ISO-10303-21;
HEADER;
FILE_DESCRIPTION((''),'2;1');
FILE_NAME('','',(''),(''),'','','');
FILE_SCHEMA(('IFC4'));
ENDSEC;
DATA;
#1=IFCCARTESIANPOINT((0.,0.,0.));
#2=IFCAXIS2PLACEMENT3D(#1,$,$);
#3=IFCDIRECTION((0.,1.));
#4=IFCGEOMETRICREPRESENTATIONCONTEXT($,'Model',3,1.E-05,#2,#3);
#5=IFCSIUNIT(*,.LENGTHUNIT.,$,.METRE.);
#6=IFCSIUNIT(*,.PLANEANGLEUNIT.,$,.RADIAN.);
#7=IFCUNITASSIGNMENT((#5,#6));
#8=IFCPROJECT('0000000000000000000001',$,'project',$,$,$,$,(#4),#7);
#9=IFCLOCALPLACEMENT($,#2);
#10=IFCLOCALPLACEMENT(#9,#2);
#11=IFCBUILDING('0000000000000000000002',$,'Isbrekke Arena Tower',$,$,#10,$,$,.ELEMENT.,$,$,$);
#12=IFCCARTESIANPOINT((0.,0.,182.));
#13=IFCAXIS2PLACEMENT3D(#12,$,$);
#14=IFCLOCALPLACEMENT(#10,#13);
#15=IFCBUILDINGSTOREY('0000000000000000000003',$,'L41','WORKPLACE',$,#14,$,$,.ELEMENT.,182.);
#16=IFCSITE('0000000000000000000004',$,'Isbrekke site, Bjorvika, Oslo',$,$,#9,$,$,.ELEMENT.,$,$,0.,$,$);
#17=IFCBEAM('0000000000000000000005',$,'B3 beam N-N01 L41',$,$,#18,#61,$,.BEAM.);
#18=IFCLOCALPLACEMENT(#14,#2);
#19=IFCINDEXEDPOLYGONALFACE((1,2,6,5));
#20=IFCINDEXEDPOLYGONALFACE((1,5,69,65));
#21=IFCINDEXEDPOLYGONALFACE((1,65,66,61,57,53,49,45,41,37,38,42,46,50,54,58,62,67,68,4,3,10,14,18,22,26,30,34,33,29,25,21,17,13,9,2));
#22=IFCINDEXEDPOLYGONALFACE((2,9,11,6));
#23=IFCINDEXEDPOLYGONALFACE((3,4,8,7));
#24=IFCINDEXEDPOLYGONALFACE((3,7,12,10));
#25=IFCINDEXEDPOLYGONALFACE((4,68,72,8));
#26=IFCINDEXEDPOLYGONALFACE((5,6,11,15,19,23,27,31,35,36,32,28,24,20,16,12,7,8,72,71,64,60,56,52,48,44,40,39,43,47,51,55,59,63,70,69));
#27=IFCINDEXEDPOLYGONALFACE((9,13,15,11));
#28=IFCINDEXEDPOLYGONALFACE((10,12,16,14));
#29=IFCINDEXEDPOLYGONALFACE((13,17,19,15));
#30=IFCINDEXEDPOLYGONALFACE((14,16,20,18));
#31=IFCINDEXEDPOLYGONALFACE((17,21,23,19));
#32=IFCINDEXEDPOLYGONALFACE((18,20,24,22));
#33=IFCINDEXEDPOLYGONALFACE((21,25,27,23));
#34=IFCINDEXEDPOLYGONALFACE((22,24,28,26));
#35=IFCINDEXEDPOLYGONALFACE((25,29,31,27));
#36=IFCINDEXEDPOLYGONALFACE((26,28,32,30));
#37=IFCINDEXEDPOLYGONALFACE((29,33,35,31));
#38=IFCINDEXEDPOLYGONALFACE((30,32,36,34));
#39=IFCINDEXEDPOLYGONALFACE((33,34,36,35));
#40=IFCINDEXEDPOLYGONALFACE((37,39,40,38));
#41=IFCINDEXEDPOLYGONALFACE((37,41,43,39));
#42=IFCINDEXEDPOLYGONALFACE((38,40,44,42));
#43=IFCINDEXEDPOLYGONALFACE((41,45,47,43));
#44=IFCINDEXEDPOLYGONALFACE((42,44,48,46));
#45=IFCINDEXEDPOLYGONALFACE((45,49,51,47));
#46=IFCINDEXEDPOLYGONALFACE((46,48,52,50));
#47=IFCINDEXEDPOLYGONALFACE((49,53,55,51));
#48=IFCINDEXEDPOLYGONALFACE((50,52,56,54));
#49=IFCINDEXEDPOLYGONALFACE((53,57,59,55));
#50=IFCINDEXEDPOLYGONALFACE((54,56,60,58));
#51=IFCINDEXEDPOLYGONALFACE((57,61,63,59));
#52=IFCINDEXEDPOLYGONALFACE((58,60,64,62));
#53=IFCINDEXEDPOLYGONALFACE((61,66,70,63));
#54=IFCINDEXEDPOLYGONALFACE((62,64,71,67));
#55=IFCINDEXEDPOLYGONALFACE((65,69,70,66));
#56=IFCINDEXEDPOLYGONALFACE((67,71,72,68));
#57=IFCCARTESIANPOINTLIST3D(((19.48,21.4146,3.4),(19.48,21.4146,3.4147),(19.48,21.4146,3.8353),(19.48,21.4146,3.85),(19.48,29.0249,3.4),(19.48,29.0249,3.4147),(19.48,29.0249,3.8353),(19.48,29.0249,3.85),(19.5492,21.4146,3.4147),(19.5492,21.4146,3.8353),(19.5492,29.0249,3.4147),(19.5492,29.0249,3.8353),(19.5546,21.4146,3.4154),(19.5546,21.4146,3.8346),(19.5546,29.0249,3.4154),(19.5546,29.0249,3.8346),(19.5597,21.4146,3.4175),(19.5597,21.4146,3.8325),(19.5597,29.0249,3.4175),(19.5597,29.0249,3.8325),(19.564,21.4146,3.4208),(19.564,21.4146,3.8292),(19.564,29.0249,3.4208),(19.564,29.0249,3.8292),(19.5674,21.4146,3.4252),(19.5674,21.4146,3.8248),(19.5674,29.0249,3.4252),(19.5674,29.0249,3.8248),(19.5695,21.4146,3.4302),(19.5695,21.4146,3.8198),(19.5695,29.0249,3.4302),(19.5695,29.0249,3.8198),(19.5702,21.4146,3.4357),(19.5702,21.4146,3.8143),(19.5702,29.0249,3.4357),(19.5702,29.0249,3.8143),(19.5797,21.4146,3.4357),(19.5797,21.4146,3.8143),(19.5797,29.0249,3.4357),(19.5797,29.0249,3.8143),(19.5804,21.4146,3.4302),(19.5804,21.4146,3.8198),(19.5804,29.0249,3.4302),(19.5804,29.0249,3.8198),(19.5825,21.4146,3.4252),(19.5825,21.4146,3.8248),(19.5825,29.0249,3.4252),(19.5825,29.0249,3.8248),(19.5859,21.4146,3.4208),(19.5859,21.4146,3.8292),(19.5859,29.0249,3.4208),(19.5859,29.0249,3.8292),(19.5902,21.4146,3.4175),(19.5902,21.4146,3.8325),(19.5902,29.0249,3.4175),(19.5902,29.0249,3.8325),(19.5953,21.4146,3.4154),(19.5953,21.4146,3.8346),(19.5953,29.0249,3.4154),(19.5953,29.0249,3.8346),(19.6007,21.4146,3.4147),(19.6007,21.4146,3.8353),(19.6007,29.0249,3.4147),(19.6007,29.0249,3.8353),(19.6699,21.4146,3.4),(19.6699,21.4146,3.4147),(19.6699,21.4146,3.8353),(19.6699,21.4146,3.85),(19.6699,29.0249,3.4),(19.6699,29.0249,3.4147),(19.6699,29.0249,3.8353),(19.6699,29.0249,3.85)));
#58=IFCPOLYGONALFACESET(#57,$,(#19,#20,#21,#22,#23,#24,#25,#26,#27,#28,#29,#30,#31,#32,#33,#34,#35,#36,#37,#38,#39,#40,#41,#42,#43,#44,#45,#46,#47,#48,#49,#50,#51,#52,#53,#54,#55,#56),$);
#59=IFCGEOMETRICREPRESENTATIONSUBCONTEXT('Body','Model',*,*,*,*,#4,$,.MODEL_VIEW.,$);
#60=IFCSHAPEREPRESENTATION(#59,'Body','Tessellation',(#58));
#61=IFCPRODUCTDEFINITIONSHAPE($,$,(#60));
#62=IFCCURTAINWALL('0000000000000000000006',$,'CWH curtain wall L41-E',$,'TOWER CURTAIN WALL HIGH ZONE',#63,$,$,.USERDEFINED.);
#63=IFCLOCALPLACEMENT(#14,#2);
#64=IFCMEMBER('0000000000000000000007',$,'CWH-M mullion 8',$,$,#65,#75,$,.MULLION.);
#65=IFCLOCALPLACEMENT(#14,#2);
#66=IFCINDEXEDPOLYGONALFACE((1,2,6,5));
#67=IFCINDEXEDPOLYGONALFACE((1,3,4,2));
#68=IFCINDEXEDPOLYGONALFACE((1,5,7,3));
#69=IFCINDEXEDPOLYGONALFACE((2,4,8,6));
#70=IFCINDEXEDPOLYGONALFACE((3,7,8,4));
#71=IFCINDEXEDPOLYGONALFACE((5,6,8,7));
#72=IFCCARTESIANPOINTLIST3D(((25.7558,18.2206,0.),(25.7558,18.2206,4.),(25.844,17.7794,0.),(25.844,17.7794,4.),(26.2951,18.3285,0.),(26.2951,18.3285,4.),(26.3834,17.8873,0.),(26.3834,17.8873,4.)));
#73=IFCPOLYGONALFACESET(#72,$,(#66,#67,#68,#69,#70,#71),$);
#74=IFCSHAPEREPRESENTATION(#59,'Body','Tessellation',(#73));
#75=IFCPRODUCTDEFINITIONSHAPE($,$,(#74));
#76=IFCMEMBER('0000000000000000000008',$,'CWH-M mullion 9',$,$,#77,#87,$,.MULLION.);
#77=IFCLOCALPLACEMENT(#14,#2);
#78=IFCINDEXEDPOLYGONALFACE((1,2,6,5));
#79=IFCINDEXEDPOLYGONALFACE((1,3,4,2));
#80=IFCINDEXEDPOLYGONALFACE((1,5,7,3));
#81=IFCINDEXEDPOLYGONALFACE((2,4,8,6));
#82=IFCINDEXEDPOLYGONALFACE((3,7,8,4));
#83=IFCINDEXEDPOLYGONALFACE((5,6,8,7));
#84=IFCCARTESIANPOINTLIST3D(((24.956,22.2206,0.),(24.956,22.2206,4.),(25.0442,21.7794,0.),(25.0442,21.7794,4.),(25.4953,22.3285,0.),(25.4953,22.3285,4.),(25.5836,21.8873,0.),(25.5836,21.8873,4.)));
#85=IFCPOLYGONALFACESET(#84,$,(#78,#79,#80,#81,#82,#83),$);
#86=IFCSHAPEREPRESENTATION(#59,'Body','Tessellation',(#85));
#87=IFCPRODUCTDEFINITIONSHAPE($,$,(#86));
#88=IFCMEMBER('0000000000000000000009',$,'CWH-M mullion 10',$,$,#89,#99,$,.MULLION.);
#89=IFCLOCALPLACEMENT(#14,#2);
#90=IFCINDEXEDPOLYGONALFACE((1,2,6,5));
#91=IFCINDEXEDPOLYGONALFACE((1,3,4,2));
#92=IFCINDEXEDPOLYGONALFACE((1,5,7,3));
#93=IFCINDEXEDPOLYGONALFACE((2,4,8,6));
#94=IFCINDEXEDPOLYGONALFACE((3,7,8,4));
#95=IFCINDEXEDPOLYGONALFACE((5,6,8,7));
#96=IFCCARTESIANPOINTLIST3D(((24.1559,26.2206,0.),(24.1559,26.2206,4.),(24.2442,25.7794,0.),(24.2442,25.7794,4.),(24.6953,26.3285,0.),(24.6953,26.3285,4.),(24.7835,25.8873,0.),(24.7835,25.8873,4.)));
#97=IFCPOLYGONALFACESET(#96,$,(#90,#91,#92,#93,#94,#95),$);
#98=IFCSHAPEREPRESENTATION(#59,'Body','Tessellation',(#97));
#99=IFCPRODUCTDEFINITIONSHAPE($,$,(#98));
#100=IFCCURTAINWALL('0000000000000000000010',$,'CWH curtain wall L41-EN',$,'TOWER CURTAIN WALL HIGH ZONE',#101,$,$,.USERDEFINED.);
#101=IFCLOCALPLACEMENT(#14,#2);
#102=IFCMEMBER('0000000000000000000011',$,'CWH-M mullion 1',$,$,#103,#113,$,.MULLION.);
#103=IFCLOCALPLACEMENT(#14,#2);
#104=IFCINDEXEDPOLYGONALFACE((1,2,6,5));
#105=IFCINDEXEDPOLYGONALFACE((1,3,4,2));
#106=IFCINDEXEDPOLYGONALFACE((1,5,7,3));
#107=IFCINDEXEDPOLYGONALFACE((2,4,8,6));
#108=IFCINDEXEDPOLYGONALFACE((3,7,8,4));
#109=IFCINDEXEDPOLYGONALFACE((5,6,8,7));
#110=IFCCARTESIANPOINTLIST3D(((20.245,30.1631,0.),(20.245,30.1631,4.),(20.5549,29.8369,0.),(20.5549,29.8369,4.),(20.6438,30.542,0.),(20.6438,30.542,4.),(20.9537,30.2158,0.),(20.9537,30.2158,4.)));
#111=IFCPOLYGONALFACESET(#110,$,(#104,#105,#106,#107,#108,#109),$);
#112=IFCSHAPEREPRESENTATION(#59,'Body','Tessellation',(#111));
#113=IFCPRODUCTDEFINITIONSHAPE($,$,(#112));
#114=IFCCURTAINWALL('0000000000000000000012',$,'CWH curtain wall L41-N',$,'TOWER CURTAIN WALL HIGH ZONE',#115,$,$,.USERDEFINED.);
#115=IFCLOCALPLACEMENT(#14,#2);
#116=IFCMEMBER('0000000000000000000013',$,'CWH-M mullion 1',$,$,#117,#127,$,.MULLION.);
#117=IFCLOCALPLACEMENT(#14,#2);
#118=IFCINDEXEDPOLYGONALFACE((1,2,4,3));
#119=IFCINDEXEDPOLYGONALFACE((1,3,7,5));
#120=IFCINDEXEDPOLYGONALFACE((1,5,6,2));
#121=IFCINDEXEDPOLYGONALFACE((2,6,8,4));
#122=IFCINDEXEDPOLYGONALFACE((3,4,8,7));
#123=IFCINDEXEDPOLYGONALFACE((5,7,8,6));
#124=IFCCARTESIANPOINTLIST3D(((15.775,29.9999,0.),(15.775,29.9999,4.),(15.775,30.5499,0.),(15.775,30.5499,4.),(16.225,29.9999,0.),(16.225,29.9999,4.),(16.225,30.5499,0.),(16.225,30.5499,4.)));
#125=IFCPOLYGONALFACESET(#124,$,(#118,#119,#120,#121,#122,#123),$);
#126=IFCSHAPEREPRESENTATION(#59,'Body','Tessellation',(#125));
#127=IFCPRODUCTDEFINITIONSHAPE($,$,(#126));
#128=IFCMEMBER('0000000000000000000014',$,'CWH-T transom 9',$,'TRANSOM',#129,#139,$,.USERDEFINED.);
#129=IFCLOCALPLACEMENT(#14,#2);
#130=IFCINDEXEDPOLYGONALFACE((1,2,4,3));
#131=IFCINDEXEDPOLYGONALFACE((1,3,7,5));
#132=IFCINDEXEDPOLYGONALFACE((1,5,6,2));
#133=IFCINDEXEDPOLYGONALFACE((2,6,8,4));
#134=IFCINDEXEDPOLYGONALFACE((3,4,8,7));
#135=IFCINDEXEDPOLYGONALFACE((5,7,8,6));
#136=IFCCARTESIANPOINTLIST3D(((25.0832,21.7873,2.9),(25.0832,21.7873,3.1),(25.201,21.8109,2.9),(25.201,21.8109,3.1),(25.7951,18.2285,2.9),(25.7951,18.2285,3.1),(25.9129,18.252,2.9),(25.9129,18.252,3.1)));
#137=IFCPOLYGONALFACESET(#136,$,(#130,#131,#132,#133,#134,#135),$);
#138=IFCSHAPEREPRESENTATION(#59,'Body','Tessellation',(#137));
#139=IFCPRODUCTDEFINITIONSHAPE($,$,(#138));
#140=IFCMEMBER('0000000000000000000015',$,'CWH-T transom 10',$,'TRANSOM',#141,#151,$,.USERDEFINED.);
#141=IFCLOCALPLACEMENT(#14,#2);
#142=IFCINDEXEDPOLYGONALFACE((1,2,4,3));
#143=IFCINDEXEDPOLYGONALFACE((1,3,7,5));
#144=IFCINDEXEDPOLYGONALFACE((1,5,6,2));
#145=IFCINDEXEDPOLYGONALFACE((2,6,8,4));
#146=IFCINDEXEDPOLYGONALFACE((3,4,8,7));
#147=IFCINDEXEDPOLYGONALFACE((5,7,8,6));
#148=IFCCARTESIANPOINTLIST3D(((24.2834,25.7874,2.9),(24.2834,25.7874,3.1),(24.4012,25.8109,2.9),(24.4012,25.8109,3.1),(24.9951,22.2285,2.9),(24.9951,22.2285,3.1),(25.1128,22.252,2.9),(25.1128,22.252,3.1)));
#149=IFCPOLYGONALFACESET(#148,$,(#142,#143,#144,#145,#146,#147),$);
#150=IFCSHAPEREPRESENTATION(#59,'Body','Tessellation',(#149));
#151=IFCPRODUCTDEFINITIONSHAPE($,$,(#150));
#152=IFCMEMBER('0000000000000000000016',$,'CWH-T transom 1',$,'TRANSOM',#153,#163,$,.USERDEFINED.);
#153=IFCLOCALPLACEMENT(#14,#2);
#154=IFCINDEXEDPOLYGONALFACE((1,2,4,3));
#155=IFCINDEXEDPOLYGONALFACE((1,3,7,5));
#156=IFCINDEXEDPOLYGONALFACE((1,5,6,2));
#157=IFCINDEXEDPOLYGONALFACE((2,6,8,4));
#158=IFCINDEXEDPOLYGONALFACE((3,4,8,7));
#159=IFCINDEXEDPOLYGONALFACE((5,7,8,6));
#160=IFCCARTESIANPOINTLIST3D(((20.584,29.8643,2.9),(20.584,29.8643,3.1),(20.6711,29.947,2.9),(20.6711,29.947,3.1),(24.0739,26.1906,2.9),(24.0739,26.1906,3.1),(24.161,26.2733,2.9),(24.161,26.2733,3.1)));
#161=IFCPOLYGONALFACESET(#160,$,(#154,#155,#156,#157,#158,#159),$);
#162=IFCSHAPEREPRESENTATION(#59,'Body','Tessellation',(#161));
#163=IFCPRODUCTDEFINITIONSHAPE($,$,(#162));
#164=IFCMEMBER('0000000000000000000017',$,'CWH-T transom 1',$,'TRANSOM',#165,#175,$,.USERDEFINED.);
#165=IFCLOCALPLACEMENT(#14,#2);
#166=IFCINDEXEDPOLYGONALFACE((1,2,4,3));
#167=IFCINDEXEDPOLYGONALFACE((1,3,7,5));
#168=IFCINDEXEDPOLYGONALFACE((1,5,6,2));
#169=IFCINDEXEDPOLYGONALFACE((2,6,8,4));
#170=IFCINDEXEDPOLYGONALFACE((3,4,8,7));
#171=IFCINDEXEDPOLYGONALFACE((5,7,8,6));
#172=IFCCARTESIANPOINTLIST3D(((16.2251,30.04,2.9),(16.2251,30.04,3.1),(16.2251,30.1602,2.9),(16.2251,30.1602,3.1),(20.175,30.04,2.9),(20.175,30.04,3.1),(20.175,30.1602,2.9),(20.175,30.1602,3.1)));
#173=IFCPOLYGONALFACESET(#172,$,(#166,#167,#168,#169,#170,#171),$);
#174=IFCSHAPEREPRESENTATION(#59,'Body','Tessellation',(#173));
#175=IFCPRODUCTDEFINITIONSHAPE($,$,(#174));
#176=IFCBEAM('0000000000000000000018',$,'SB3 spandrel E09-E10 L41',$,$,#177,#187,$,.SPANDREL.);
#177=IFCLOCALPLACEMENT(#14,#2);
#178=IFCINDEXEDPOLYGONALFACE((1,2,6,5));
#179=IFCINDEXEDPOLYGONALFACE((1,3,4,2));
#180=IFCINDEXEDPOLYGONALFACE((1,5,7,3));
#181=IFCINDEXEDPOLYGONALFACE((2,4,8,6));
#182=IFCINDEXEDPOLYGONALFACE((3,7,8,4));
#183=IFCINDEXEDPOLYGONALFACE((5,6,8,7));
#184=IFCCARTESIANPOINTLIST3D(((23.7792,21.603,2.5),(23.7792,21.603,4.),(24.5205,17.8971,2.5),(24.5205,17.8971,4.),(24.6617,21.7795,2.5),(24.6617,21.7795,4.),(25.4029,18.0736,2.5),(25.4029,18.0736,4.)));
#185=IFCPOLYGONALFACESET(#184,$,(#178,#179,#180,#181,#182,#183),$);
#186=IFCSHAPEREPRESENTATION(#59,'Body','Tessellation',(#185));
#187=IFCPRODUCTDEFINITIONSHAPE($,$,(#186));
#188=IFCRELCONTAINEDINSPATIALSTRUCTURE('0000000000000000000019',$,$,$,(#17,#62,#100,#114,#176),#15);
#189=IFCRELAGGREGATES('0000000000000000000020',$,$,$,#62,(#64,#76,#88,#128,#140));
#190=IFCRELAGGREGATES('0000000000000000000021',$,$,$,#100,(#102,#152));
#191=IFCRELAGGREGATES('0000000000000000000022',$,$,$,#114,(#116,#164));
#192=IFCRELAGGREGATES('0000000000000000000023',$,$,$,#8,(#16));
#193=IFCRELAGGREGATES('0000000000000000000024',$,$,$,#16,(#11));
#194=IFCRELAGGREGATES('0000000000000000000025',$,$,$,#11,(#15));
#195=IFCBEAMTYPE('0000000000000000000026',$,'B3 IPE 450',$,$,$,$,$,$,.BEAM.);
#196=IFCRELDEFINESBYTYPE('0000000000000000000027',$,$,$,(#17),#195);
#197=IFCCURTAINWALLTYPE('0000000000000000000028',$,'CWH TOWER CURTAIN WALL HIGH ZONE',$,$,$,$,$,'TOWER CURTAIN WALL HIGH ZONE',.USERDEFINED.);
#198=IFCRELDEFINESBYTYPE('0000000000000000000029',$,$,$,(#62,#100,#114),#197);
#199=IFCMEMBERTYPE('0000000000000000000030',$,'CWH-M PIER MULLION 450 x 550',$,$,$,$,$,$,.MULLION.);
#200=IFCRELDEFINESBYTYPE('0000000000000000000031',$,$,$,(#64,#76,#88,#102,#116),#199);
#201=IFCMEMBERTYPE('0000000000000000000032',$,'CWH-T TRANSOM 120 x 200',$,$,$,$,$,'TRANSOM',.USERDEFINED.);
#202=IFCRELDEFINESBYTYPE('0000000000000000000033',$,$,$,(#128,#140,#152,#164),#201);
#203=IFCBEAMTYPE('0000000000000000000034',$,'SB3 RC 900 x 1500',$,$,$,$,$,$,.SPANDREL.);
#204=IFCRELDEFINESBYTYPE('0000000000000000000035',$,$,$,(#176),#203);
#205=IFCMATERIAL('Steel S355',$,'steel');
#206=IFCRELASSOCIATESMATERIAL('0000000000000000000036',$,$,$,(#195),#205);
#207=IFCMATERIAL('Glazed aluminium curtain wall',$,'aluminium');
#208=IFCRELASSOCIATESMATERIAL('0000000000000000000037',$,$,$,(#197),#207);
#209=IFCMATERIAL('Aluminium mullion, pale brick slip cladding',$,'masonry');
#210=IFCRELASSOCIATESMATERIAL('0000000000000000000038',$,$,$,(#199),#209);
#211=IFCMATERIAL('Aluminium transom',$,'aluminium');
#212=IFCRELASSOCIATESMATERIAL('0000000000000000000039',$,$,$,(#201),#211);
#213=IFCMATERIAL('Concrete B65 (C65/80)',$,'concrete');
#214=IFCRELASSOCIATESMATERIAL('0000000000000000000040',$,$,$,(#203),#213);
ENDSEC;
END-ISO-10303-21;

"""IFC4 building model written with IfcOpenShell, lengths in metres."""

from ifc_helpers import new_model, si_unit, direction, frame, origin, origin_2d, place, context, subcontext, project, spatial, rectangle, i_section, extrude, material, material_profile, profile_set, type_object, element, aggregate, save


model = new_model("IFC4")

# Units and contexts
model_context = context("Model", 3, precision=1e-05, world=origin(), true_north=direction((0.0, 1.0)))
body_context = subcontext(model_context, "Body", "Model", "MODEL_VIEW")
ifc_project = project(units=[si_unit("LENGTHUNIT", "METRE"), si_unit("PLANEANGLEUNIT", "RADIAN")], contexts=[model_context])

# Site, building, storey
site_placement = place(None, origin())
site = spatial("IfcSite", under=ifc_project, at=site_placement, Name="Isbrekke site, Bjorvika, Oslo", CompositionType="ELEMENT", RefElevation=0.0)
building_placement = place(site_placement, origin())
building = spatial("IfcBuilding", under=site, at=building_placement, Name="Isbrekke Arena Tower", CompositionType="ELEMENT")
storey_placement = place(building_placement, frame((0.0, 0.0, 182.0)))
storey = spatial("IfcBuildingStorey", under=building, at=storey_placement, Name="L41", Description="WORKPLACE", CompositionType="ELEMENT", Elevation=182.0)

# Beam
ifc_material_1 = material(Name="Steel S355", Category="steel")
ifc_material_profile_1 = material_profile(ifc_material_1, i_section(OverallWidth=0.1899, OverallDepth=0.45, WebThickness=0.0095, FlangeThickness=0.0146, FilletRadius=0.021, at=origin_2d()), Name="IPE 450")
ifc_profile_set_1 = profile_set([ifc_material_profile_1], Name="Steel S355")
beam_type_1 = type_object("IfcBeamType", Name="B3 IPE 450", PredefinedType="BEAM", material=ifc_profile_set_1)
beam_1_placement = place(storey_placement, frame((19.575, 29.0249, 3.625), z_axis=(0.0, -1.0, 0.0), x_axis=(1.0, 0.0, 0.0)))
element("IfcBeam", 1, at=beam_1_placement, inside=storey, type_object=beam_type_1, Name="B3 beam N-N01 L41", PredefinedType="BEAM", context=body_context, shape_type="SweptSolid", body=[
    extrude(i_section(OverallWidth=0.1899, OverallDepth=0.45, WebThickness=0.0095, FlangeThickness=0.0146, FilletRadius=0.021, at=origin_2d()), origin(), (0.0, 0.0, 1.0), 7.6104),
])

# Curtain wall, members
ifc_material_2 = material(Name="Glazed aluminium curtain wall", Category="aluminium")
curtain_wall_type = type_object("IfcCurtainWallType", Name="CWH TOWER CURTAIN WALL HIGH ZONE", ElementType="TOWER CURTAIN WALL HIGH ZONE", PredefinedType="USERDEFINED", material=ifc_material_2)
curtain_wall_1_placement = place(storey_placement, origin())
curtain_wall_1 = element("IfcCurtainWall", 2, at=curtain_wall_1_placement, inside=storey, type_object=curtain_wall_type, Name="CWH curtain wall L41-E", ObjectType="TOWER CURTAIN WALL HIGH ZONE", PredefinedType="USERDEFINED")
ifc_material_3 = material(Name="Aluminium mullion, pale brick slip cladding", Category="masonry")
ifc_material_profile_2 = material_profile(ifc_material_3, rectangle(XDim=0.45, YDim=0.55, at=origin_2d()), Name="PIER 450X550")
ifc_profile_set_2 = profile_set([ifc_material_profile_2], Name="Aluminium mullion, pale brick slip cladding")
member_type_1 = type_object("IfcMemberType", Name="CWH-M PIER MULLION 450 x 550", PredefinedType="MULLION", material=ifc_profile_set_2)
member_1_placement = place(storey_placement, frame((26.0696, 18.054, 0.0), z_axis=(0.0, 0.0, 1.0), x_axis=(-0.196116, 0.980581, 0.0)))
member_1 = element("IfcMember", 3, at=member_1_placement, type_object=member_type_1, Name="CWH-M mullion 8", PredefinedType="MULLION", context=body_context, shape_type="SweptSolid", body=[
    extrude(rectangle(XDim=0.45, YDim=0.55, at=origin_2d()), origin(), (0.0, 0.0, 1.0), 4.0),
])
member_2_placement = place(storey_placement, frame((25.2698, 22.054, 0.0), z_axis=(0.0, 0.0, 1.0), x_axis=(-0.196116, 0.980581, 0.0)))
member_2 = element("IfcMember", 4, at=member_2_placement, type_object=member_type_1, Name="CWH-M mullion 9", PredefinedType="MULLION", context=body_context, shape_type="SweptSolid", body=[
    extrude(rectangle(XDim=0.45, YDim=0.55, at=origin_2d()), origin(), (0.0, 0.0, 1.0), 4.0),
])
member_3_placement = place(storey_placement, frame((24.4697, 26.054, 0.0), z_axis=(0.0, 0.0, 1.0), x_axis=(-0.196116, 0.980581, 0.0)))
member_3 = element("IfcMember", 5, at=member_3_placement, type_object=member_type_1, Name="CWH-M mullion 10", PredefinedType="MULLION", context=body_context, shape_type="SweptSolid", body=[
    extrude(rectangle(XDim=0.45, YDim=0.55, at=origin_2d()), origin(), (0.0, 0.0, 1.0), 4.0),
])

# Curtain walls, members
curtain_wall_2_placement = place(storey_placement, origin())
curtain_wall_2 = element("IfcCurtainWall", 6, at=curtain_wall_2_placement, inside=storey, type_object=curtain_wall_type, Name="CWH curtain wall L41-EN", ObjectType="TOWER CURTAIN WALL HIGH ZONE", PredefinedType="USERDEFINED")
member_4_placement = place(storey_placement, frame((20.5994, 30.1895, 0.0), z_axis=(0.0, 0.0, 1.0), x_axis=(-0.688749, 0.724999, 0.0)))
member_4 = element("IfcMember", 7, at=member_4_placement, type_object=member_type_1, Name="CWH-M mullion 1", PredefinedType="MULLION", context=body_context, shape_type="SweptSolid", body=[
    extrude(rectangle(XDim=0.45, YDim=0.55, at=origin_2d()), origin(), (0.0, 0.0, 1.0), 4.0),
])
curtain_wall_3_placement = place(storey_placement, origin())
curtain_wall_3 = element("IfcCurtainWall", 8, at=curtain_wall_3_placement, inside=storey, type_object=curtain_wall_type, Name="CWH curtain wall L41-N", ObjectType="TOWER CURTAIN WALL HIGH ZONE", PredefinedType="USERDEFINED")
member_5_placement = place(storey_placement, frame((16.0, 30.2749, 0.0), z_axis=(0.0, 0.0, 1.0), x_axis=(-1.0, 0.0, 0.0)))
member_5 = element("IfcMember", 9, at=member_5_placement, type_object=member_type_1, Name="CWH-M mullion 1", PredefinedType="MULLION", context=body_context, shape_type="SweptSolid", body=[
    extrude(rectangle(XDim=0.45, YDim=0.55, at=origin_2d()), origin(), (0.0, 0.0, 1.0), 4.0),
])

# Members
ifc_material_4 = material(Name="Aluminium transom", Category="aluminium")
ifc_material_profile_3 = material_profile(ifc_material_4, rectangle(XDim=0.1201, YDim=0.2, at=origin_2d()), Name="TRANSOM 120X200")
ifc_profile_set_3 = profile_set([ifc_material_profile_3], Name="Aluminium transom")
member_type_2 = type_object("IfcMemberType", Name="CWH-T TRANSOM 120 x 200", ElementType="TRANSOM", PredefinedType="USERDEFINED", material=ifc_profile_set_3)
member_6_placement = place(storey_placement, frame((25.854, 18.2402, 3.0), z_axis=(-0.196155, 0.980573, 0.0), x_axis=(-0.980573, -0.196155, 0.0)))
member_6 = element("IfcMember", 10, at=member_6_placement, type_object=member_type_2, Name="CWH-T transom 9", ObjectType="TRANSOM", PredefinedType="USERDEFINED", context=body_context, shape_type="SweptSolid", body=[
    extrude(rectangle(XDim=0.1201, YDim=0.2, at=origin_2d()), origin(), (0.0, 0.0, 1.0), 3.6294),
])
member_7_placement = place(storey_placement, frame((25.054, 22.2402, 3.0), z_axis=(-0.19609, 0.980586, 0.0), x_axis=(-0.980586, -0.19609, 0.0)))
member_7 = element("IfcMember", 11, at=member_7_placement, type_object=member_type_2, Name="CWH-T transom 10", ObjectType="TRANSOM", PredefinedType="USERDEFINED", context=body_context, shape_type="SweptSolid", body=[
    extrude(rectangle(XDim=0.1201, YDim=0.2, at=origin_2d()), origin(), (0.0, 0.0, 1.0), 3.6294),
])
member_8_placement = place(storey_placement, frame((24.1174, 26.2319, 3.0), z_axis=(-0.688734, 0.725014, 0.0), x_axis=(-0.725014, -0.688734, 0.0)))
member_8 = element("IfcMember", 12, at=member_8_placement, type_object=member_type_2, Name="CWH-T transom 1", ObjectType="TRANSOM", PredefinedType="USERDEFINED", context=body_context, shape_type="SweptSolid", body=[
    extrude(rectangle(XDim=0.1201, YDim=0.2, at=origin_2d()), origin(), (0.0, 0.0, 1.0), 5.0671),
])
member_9_placement = place(storey_placement, frame((20.175, 30.1001, 3.0), z_axis=(-1.0, 0.0, 0.0), x_axis=(0.0, -1.0, 0.0)))
member_9 = element("IfcMember", 13, at=member_9_placement, type_object=member_type_2, Name="CWH-T transom 1", ObjectType="TRANSOM", PredefinedType="USERDEFINED", context=body_context, shape_type="SweptSolid", body=[
    extrude(rectangle(XDim=0.1201, YDim=0.2, at=origin_2d()), origin(), (0.0, 0.0, 1.0), 3.95),
])

# Beam
ifc_material_5 = material(Name="Concrete B65 (C65/80)", Category="concrete")
ifc_material_profile_4 = material_profile(ifc_material_5, rectangle(XDim=0.8999, YDim=1.5, at=origin_2d()), Name="RC 900x1500")
ifc_profile_set_4 = profile_set([ifc_material_profile_4], Name="Concrete B65 (C65/80)")
beam_type_2 = type_object("IfcBeamType", Name="SB3 RC 900 x 1500", PredefinedType="SPANDREL", material=ifc_profile_set_4)
beam_2_placement = place(storey_placement, frame((24.9617, 17.9854, 3.25), z_axis=(-0.196129, 0.980578, 0.0), x_axis=(-0.980578, -0.196129, 0.0)))
element("IfcBeam", 14, at=beam_2_placement, inside=storey, type_object=beam_type_2, Name="SB3 spandrel E09-E10 L41", PredefinedType="SPANDREL", context=body_context, shape_type="SweptSolid", body=[
    extrude(rectangle(XDim=0.8999, YDim=1.5, at=origin_2d()), origin(), (0.0, 0.0, 1.0), 3.7793),
])

aggregate(curtain_wall_1, [member_1, member_2, member_3, member_6, member_7])
aggregate(curtain_wall_2, [member_4, member_8])
aggregate(curtain_wall_3, [member_5, member_9])

save(model, "model.ifc")
